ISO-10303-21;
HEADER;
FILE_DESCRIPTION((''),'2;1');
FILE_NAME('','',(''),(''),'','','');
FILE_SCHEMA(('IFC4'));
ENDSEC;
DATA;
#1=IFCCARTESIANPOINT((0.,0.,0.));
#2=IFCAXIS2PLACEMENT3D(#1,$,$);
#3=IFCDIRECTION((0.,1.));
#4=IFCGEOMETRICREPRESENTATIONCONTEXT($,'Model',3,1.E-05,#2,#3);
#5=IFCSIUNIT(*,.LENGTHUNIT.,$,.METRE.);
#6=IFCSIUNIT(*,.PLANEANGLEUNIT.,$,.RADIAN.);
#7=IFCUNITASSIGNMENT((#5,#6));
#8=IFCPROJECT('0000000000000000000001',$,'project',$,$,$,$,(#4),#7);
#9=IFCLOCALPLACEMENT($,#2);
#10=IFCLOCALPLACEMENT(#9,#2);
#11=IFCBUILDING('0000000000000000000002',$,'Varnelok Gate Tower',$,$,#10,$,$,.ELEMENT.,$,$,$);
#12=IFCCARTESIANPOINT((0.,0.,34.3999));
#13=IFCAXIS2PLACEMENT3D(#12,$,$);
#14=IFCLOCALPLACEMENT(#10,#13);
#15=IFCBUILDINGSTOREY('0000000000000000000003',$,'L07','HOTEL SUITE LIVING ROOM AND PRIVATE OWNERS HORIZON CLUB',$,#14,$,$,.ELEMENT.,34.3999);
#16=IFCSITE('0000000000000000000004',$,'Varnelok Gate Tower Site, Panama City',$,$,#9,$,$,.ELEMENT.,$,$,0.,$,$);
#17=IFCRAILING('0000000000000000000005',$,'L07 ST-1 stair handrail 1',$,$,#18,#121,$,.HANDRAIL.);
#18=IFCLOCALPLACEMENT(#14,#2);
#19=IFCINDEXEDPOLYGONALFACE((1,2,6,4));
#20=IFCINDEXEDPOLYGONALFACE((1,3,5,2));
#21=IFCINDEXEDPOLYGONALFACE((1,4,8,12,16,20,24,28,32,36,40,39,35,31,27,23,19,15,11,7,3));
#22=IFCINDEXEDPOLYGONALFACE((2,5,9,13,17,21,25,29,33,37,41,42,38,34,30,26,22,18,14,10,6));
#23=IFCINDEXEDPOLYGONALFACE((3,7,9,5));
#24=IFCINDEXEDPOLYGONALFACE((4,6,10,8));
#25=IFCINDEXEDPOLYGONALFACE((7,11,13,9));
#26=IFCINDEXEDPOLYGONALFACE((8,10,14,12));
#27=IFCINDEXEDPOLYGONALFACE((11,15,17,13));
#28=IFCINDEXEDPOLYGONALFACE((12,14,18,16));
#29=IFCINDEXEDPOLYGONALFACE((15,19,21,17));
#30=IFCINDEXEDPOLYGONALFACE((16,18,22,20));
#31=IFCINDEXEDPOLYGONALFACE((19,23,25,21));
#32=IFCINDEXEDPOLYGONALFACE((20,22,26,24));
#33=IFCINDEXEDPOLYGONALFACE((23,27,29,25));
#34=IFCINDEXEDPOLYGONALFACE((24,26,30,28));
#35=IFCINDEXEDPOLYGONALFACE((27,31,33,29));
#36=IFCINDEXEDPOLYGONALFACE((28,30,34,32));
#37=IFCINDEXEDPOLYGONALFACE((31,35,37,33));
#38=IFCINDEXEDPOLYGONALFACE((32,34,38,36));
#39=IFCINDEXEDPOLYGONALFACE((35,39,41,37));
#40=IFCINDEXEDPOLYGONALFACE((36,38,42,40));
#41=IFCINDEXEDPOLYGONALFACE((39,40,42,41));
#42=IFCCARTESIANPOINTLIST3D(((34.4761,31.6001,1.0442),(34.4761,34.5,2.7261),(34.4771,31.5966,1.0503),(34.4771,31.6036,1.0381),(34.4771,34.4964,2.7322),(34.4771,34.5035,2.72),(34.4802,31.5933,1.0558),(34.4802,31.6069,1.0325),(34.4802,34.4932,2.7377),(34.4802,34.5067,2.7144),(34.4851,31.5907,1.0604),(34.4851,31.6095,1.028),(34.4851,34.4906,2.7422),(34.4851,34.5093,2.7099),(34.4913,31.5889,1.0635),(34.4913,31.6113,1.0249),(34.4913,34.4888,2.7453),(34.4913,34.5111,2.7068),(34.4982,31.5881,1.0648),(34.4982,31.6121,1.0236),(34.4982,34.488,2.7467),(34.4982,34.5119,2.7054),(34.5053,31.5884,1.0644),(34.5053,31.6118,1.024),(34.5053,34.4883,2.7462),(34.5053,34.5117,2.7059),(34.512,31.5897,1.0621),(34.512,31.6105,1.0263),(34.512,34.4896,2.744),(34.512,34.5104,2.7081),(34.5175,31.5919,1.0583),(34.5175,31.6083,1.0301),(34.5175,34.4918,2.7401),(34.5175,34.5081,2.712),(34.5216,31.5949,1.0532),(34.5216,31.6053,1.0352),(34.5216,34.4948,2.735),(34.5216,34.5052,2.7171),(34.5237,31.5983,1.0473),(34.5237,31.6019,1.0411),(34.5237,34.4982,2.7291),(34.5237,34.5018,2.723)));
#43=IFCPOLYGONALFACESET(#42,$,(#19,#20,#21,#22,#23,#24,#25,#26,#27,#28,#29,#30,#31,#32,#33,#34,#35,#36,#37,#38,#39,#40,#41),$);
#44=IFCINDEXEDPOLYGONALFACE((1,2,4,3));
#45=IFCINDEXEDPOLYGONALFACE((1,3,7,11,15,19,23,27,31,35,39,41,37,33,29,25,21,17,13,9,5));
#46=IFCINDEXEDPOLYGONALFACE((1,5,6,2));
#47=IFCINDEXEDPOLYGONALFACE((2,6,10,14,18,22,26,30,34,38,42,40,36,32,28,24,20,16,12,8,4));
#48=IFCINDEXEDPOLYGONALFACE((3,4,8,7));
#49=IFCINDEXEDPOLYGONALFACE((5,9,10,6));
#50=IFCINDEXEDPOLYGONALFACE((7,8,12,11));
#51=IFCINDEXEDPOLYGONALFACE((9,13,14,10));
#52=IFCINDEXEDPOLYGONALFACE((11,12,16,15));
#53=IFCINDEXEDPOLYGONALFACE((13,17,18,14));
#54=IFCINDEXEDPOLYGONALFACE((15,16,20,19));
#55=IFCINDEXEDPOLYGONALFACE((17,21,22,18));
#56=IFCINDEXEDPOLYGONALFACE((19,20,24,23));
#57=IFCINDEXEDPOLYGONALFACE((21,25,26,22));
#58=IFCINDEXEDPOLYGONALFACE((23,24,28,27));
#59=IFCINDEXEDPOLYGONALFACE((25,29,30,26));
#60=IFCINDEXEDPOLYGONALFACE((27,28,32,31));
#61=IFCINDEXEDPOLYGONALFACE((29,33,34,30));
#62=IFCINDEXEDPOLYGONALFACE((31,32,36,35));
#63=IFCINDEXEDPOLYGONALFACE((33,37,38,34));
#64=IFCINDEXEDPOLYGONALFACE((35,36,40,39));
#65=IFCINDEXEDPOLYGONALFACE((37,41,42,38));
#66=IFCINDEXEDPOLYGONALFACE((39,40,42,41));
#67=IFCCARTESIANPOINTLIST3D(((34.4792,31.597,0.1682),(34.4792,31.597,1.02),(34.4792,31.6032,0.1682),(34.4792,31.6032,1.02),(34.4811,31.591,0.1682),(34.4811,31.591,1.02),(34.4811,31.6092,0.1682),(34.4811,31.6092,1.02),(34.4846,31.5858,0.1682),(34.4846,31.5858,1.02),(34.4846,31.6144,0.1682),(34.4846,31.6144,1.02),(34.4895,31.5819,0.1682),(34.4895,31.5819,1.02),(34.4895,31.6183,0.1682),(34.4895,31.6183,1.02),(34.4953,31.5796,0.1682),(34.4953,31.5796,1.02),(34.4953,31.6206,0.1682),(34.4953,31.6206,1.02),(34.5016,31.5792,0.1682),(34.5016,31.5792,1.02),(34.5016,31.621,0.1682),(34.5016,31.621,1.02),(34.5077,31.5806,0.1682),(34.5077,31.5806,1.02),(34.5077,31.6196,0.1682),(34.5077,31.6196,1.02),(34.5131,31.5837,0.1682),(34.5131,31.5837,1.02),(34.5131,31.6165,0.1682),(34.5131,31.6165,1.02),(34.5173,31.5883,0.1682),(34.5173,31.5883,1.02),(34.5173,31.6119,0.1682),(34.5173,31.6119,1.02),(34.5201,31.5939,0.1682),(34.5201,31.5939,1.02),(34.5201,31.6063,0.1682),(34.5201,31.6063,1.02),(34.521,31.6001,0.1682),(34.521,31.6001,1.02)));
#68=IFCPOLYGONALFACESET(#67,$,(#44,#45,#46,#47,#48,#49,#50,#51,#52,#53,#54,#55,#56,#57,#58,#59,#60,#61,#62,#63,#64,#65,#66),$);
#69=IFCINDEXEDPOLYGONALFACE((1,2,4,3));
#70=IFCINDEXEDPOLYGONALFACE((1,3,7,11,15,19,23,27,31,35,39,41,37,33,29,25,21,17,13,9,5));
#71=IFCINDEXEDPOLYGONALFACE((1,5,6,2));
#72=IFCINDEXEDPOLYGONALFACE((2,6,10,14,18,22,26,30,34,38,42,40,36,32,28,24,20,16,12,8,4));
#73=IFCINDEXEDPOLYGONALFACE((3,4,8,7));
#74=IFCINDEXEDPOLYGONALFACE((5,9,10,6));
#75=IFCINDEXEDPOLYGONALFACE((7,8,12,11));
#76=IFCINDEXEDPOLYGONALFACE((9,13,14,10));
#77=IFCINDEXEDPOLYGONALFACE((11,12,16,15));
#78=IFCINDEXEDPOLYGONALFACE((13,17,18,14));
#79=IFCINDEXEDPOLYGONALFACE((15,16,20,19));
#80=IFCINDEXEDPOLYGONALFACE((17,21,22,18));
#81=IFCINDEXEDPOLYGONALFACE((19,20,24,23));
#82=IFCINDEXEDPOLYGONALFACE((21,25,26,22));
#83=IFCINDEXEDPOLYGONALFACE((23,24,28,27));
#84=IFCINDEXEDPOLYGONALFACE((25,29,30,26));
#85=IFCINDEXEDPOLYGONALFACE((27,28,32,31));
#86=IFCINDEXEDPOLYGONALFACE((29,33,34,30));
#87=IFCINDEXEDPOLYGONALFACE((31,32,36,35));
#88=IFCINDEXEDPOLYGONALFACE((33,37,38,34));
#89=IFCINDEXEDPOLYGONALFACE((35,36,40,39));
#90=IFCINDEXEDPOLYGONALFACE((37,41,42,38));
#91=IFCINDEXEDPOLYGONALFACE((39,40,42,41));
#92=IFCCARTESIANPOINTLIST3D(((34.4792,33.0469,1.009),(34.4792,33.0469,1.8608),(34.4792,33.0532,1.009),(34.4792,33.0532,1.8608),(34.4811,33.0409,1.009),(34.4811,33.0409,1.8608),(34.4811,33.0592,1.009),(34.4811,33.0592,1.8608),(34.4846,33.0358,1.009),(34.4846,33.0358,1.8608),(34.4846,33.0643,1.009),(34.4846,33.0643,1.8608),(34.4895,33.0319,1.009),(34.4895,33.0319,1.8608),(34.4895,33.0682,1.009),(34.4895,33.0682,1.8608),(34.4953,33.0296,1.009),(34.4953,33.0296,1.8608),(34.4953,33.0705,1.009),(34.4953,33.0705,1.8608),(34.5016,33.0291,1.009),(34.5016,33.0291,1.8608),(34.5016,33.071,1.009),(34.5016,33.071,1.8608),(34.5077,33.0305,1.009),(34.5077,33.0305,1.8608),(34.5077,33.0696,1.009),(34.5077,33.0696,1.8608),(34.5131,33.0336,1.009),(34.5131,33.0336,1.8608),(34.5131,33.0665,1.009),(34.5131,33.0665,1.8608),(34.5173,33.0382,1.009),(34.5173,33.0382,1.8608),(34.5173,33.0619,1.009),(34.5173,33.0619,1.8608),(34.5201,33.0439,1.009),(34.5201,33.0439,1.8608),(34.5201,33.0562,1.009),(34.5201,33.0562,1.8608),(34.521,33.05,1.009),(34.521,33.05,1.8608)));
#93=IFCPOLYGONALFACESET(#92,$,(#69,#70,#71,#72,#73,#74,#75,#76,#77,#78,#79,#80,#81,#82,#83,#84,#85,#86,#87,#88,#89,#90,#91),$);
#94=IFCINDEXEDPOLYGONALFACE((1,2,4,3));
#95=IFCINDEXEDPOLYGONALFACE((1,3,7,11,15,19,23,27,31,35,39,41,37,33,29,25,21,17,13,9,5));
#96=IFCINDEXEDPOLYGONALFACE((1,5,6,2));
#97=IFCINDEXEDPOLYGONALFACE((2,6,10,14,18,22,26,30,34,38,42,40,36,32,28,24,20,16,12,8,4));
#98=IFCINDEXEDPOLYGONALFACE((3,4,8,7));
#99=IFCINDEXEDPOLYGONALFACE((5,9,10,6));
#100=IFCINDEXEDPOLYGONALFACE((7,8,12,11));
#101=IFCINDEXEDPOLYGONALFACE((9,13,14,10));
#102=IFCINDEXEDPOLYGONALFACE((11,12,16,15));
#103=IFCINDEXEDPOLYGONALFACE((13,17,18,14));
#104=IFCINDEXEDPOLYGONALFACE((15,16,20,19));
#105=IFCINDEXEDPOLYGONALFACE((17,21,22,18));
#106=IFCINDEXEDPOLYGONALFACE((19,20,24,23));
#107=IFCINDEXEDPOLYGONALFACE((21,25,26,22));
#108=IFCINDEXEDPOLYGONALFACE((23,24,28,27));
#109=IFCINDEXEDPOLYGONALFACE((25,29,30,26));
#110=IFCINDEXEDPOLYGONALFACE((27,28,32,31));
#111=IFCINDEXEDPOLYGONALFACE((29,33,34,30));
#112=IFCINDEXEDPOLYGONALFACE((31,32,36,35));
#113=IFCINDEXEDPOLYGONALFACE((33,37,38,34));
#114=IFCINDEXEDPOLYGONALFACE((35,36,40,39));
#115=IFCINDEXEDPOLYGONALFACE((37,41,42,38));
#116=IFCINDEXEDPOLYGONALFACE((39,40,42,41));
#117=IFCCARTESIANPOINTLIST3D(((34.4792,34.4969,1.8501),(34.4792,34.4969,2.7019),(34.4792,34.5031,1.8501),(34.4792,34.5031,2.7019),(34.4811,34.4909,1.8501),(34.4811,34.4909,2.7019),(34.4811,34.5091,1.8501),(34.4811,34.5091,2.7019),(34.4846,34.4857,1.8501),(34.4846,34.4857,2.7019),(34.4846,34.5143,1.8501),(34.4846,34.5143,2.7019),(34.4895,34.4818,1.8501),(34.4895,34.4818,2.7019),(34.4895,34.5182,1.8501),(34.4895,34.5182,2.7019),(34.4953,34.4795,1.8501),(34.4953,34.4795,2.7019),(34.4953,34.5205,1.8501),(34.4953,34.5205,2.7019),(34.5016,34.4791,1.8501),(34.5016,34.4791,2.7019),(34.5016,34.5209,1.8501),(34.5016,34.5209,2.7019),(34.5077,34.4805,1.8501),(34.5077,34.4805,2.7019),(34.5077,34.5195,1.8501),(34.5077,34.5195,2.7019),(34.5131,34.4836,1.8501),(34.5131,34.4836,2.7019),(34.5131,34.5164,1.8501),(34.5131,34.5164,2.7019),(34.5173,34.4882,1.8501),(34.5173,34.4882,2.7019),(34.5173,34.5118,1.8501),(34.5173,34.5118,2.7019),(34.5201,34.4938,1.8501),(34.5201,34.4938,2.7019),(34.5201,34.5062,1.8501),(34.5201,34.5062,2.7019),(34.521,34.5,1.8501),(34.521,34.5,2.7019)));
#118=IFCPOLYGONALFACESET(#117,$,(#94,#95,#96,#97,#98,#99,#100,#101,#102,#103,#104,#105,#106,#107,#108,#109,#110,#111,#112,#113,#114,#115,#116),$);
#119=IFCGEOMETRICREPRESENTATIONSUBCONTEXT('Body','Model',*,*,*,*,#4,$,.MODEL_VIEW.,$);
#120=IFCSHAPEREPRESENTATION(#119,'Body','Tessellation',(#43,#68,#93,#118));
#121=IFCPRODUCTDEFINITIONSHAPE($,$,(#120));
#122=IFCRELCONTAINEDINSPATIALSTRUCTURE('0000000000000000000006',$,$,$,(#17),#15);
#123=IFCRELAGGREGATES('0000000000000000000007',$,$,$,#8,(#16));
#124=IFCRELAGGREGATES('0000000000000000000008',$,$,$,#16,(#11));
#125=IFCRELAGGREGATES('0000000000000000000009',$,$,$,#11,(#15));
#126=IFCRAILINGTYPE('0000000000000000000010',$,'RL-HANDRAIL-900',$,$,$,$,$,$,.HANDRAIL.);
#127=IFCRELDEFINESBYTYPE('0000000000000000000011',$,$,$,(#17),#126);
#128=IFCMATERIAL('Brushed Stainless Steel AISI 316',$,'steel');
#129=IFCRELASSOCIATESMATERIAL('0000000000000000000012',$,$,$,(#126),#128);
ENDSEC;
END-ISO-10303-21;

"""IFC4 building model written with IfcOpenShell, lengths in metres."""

from ifc_helpers import new_model, si_unit, direction, frame, origin, origin_2d, place, context, subcontext, project, spatial, circle, extrude, material, type_object, element, save


model = new_model("IFC4")

# Units and contexts
model_context = context("Model", 3, precision=1e-05, world=origin(), true_north=direction((0.0, 1.0)))
body_context = subcontext(model_context, "Body", "Model", "MODEL_VIEW")
ifc_project = project(units=[si_unit("LENGTHUNIT", "METRE"), si_unit("PLANEANGLEUNIT", "RADIAN")], contexts=[model_context])

# Site, building, storey
site_placement = place(None, origin())
site = spatial("IfcSite", under=ifc_project, at=site_placement, Name="Varnelok Gate Tower Site, Panama City", CompositionType="ELEMENT", RefElevation=0.0)
building_placement = place(site_placement, origin())
building = spatial("IfcBuilding", under=site, at=building_placement, Name="Varnelok Gate Tower", CompositionType="ELEMENT")
storey_placement = place(building_placement, frame((0.0, 0.0, 34.3999)))
storey = spatial("IfcBuildingStorey", under=building, at=storey_placement, Name="L07", Description="HOTEL SUITE LIVING ROOM AND PRIVATE OWNERS HORIZON CLUB", CompositionType="ELEMENT", Elevation=34.3999)

# Railing
ifc_material_1 = material(Name="Brushed Stainless Steel AISI 316", Category="steel")
railing_type_1 = type_object("IfcRailingType", Name="RL-HANDRAIL-900", PredefinedType="HANDRAIL", material=ifc_material_1)
railing_1_placement = place(storey_placement, frame((34.5, 31.6001, 0.1682)))
element("IfcRailing", 1, at=railing_1_placement, inside=storey, type_object=railing_type_1, Name="L07 ST-1 stair handrail 1", PredefinedType="HANDRAIL", context=body_context, shape_type="SweptSolid", body=[
    extrude(circle(Radius=0.0239, at=origin_2d()), frame((0.0, 0.0, 0.876), z_axis=(0.0, 0.865039, 0.501705), x_axis=(-1.0, 0.0, 0.0)), (0.0, 0.0, 1.0), 3.3523),
    extrude(circle(Radius=0.021, at=origin_2d()), origin(), (0.0, 0.0, 1.0), 0.8518),
    extrude(circle(Radius=0.021, at=origin_2d()), frame((0.0, 1.45, 0.8408)), (0.0, 0.0, 1.0), 0.8518),
    extrude(circle(Radius=0.021, at=origin_2d()), frame((0.0, 2.8999, 1.6819)), (0.0, 0.0, 1.0), 0.8518),
])

save(model, "model.ifc")
